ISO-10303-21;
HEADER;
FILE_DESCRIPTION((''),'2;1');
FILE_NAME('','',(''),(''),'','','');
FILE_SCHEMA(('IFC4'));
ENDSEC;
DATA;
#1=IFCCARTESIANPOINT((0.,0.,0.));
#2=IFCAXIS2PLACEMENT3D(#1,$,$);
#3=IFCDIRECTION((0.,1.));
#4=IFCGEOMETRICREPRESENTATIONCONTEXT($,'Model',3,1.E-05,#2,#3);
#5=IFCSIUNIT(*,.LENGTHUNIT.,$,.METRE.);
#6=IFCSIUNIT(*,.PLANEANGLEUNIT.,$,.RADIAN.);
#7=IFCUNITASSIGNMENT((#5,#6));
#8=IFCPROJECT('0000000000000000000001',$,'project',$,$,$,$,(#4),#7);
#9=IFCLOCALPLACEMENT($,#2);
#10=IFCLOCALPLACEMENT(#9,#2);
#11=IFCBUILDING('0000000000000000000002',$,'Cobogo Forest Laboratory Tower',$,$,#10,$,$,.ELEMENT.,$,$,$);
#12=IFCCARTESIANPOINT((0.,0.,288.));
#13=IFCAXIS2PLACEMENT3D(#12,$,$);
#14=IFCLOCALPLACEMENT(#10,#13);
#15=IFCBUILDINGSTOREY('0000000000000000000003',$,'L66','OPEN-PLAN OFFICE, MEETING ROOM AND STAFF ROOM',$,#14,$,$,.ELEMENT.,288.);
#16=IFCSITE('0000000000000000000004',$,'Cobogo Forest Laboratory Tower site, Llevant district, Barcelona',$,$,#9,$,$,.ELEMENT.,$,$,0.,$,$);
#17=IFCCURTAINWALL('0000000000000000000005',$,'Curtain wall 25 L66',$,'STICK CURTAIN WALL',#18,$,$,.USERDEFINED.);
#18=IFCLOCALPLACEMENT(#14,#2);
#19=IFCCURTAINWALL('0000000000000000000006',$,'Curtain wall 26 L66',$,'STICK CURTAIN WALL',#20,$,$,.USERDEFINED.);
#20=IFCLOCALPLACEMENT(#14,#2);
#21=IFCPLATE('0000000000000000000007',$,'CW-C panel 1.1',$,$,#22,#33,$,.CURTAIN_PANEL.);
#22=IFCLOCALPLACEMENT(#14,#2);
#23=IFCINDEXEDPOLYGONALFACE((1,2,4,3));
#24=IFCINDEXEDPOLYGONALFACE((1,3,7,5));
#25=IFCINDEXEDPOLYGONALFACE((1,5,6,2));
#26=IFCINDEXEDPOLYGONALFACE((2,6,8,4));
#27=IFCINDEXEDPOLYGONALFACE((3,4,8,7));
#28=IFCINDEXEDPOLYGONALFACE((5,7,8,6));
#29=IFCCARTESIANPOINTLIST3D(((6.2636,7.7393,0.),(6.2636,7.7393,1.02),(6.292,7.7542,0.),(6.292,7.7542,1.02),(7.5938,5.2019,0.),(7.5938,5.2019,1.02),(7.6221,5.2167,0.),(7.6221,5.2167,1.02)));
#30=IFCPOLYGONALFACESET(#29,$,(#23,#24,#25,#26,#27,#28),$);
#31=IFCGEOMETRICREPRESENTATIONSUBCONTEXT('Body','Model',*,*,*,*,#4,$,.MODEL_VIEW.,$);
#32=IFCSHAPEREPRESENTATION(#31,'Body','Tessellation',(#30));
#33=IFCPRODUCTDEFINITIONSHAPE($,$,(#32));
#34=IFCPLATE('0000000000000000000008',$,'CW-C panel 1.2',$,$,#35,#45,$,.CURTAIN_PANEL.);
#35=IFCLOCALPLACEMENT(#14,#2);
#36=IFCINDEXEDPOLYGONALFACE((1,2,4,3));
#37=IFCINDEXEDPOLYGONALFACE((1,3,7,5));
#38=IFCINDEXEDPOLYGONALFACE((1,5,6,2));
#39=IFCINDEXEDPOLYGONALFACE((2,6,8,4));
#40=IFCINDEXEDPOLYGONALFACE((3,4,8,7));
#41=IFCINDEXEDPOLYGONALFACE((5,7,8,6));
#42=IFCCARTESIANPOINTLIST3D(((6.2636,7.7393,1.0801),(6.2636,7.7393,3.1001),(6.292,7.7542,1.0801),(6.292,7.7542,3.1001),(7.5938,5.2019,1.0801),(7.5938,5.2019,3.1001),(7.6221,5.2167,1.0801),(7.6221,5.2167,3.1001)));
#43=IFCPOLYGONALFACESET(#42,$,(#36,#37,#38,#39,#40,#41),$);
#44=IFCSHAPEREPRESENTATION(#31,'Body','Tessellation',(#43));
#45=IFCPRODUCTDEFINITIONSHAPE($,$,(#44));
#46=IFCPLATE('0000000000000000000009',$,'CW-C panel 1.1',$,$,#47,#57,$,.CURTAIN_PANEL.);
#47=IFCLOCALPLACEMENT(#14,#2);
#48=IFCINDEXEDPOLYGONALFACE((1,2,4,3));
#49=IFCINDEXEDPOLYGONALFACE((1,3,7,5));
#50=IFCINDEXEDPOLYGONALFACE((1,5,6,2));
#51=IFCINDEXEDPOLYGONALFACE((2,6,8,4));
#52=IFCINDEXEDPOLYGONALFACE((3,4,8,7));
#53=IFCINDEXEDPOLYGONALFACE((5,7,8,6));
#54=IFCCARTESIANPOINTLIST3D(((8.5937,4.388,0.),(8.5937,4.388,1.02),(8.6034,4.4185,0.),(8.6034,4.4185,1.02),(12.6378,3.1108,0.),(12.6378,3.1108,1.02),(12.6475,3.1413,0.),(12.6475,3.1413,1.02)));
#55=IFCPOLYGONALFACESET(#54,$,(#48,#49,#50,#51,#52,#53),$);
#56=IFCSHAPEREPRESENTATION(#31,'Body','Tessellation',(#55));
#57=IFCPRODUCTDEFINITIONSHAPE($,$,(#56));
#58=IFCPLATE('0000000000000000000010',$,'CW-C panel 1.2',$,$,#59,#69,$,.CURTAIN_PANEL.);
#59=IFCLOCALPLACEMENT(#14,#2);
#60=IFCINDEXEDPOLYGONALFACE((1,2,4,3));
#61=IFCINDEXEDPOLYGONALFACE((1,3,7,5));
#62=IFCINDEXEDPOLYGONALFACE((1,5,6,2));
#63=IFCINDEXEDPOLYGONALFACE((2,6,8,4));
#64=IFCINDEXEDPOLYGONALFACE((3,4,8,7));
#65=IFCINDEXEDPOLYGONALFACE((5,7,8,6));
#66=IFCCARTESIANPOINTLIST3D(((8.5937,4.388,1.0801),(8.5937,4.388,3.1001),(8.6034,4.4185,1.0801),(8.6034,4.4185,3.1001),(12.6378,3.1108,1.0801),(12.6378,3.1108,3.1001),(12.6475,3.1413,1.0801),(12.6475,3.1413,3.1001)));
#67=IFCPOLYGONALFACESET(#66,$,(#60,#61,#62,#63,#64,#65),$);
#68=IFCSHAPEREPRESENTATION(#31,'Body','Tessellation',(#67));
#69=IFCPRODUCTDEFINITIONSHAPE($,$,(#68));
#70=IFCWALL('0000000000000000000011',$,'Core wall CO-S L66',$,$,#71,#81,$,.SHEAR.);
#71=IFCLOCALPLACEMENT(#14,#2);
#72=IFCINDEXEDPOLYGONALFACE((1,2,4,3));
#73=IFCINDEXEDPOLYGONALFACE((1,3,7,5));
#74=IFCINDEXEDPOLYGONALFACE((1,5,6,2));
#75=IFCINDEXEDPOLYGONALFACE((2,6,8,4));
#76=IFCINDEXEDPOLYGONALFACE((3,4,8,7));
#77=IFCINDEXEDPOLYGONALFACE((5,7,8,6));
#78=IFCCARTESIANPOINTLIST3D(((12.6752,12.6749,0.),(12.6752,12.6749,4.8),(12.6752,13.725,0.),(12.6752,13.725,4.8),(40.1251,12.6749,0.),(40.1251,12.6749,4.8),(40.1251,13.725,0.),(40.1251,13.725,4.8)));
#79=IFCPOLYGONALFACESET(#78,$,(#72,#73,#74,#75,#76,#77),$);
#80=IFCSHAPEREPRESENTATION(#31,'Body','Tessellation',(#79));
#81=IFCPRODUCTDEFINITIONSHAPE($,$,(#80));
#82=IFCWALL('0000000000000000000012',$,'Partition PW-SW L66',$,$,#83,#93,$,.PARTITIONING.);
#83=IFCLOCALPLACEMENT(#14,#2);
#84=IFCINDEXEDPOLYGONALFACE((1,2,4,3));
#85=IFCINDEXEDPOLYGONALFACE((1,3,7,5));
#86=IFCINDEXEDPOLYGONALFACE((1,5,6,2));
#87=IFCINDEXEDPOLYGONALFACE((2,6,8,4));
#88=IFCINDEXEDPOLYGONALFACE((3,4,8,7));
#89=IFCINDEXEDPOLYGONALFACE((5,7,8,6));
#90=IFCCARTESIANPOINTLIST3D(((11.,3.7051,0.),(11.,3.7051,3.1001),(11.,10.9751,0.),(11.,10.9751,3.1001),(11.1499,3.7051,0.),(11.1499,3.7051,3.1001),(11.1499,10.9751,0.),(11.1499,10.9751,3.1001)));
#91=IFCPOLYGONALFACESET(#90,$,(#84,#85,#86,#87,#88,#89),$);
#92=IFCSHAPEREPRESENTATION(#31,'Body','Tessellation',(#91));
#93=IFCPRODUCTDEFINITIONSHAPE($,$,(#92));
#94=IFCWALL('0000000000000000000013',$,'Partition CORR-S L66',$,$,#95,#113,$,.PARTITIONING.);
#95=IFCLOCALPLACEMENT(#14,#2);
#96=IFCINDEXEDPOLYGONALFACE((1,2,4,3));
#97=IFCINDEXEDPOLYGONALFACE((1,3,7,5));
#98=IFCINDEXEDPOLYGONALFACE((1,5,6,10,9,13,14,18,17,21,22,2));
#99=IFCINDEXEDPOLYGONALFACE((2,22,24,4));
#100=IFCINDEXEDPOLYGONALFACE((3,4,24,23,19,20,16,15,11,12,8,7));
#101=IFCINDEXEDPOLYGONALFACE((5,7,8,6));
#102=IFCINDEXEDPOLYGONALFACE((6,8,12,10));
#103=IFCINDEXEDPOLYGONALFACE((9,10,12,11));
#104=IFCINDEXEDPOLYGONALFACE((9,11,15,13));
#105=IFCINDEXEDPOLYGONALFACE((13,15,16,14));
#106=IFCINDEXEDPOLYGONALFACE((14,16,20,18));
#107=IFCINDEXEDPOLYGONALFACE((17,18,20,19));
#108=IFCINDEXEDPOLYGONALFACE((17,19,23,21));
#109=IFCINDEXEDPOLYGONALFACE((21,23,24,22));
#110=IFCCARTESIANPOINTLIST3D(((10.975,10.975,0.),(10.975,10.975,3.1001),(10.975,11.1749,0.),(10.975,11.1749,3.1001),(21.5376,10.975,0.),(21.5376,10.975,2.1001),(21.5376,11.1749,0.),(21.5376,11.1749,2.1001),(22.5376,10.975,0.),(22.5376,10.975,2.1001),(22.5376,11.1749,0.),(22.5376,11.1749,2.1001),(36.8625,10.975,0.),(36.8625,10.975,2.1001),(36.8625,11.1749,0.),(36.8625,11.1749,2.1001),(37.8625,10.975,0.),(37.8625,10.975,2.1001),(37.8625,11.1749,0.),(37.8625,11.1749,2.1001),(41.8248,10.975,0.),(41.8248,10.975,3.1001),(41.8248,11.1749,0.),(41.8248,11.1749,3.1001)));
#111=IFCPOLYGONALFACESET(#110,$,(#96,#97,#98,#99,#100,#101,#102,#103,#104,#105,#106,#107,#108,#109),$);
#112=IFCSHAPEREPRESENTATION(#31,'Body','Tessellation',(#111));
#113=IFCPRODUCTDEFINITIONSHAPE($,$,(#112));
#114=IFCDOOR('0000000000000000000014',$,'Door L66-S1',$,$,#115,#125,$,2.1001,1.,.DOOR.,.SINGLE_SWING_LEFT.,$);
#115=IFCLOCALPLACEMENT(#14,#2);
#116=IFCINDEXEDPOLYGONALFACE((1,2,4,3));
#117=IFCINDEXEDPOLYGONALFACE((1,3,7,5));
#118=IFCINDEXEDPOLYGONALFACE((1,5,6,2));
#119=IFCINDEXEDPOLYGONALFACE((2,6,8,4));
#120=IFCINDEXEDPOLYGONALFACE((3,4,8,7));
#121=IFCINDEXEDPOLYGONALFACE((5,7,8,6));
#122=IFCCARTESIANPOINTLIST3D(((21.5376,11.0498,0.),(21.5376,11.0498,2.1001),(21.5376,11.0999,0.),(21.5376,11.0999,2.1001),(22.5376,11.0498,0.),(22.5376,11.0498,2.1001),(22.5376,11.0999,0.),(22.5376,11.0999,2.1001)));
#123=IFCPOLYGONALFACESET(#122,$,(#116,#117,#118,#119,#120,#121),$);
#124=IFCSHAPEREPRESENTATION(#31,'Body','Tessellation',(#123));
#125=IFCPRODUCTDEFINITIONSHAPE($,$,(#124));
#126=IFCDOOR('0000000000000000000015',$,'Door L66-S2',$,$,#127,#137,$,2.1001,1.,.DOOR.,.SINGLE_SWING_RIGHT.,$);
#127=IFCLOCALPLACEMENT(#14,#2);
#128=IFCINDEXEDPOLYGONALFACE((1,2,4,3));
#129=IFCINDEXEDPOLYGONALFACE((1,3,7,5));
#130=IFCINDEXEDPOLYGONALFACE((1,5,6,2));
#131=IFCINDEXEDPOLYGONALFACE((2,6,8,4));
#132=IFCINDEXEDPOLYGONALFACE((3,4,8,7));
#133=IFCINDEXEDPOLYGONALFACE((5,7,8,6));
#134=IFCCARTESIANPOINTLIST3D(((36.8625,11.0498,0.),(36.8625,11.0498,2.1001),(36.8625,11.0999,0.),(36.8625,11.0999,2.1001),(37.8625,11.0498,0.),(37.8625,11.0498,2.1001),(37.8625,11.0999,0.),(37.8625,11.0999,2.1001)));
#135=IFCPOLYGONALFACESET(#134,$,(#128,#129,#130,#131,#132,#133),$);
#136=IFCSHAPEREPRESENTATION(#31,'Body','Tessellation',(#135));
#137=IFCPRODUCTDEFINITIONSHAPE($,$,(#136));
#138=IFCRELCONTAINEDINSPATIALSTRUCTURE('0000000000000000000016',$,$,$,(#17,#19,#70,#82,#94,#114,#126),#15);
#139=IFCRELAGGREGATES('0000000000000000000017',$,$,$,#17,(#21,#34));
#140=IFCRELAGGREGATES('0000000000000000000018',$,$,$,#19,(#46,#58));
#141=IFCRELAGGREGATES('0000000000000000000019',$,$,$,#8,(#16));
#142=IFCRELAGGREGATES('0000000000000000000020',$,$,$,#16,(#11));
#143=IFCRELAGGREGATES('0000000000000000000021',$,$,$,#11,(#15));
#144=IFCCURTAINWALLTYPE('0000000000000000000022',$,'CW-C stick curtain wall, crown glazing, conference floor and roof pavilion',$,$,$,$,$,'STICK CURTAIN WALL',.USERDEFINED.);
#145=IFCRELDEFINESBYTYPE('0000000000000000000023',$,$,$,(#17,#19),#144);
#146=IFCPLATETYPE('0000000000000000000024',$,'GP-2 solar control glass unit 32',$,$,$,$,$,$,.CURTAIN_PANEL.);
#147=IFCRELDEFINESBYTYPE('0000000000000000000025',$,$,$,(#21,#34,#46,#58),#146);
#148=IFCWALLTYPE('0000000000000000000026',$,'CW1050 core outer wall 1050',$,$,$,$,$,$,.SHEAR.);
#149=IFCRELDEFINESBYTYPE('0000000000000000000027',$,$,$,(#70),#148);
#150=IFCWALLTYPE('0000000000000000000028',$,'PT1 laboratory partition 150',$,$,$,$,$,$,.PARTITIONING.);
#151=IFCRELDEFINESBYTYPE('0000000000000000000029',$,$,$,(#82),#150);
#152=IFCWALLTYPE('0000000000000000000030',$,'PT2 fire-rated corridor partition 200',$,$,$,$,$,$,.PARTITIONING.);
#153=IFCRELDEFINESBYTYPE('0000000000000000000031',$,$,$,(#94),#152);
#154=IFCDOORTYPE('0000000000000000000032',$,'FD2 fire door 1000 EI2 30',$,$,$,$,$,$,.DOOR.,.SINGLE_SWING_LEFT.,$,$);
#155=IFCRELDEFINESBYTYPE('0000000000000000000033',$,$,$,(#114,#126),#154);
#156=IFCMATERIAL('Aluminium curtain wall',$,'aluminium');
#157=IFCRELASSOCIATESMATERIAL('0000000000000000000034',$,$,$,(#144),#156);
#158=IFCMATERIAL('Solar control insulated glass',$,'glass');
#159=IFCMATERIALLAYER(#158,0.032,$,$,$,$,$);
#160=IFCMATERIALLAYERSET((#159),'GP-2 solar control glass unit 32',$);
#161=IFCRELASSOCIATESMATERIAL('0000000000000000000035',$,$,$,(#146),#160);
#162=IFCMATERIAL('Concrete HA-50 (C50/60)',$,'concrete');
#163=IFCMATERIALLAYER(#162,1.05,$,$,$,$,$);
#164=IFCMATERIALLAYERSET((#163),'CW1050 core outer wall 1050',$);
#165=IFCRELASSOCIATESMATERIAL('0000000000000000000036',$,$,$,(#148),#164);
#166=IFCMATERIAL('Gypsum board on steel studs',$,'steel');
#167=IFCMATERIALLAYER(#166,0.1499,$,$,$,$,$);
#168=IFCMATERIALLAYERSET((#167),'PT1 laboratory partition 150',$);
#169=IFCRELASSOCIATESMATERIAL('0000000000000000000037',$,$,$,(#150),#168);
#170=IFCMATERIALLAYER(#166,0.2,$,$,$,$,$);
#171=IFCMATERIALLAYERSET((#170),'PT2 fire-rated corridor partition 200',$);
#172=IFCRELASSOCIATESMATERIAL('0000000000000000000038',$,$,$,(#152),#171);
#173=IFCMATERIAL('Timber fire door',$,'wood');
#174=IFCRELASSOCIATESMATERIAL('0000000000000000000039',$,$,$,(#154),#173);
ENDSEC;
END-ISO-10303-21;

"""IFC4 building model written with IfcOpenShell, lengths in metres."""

from ifc_helpers import new_model, si_unit, direction, frame, frame_2d, origin, origin_2d, place, context, subcontext, project, spatial, rectangle, extrude, material, layer, layer_set, type_object, element, fill, aggregate, save


model = new_model("IFC4")

# Units and contexts
model_context = context("Model", 3, precision=1e-05, world=origin(), true_north=direction((0.0, 1.0)))
body_context = subcontext(model_context, "Body", "Model", "MODEL_VIEW")
ifc_project = project(units=[si_unit("LENGTHUNIT", "METRE"), si_unit("PLANEANGLEUNIT", "RADIAN")], contexts=[model_context])

# Site, building, storey
site_placement = place(None, origin())
site = spatial("IfcSite", under=ifc_project, at=site_placement, Name="Cobogo Forest Laboratory Tower site, Llevant district, Barcelona", CompositionType="ELEMENT", RefElevation=0.0)
building_placement = place(site_placement, origin())
building = spatial("IfcBuilding", under=site, at=building_placement, Name="Cobogo Forest Laboratory Tower", CompositionType="ELEMENT")
storey_placement = place(building_placement, frame((0.0, 0.0, 288.0)))
storey = spatial("IfcBuildingStorey", under=building, at=storey_placement, Name="L66", Description="OPEN-PLAN OFFICE, MEETING ROOM AND STAFF ROOM", CompositionType="ELEMENT", Elevation=288.0)

# Shared definitions
ifc_material_1 = material(Name="Concrete HA-50 (C50/60)", Category="concrete")

# Curtain wall
ifc_material_2 = material(Name="Aluminium curtain wall", Category="aluminium")
curtain_wall_type = type_object("IfcCurtainWallType", Name="CW-C stick curtain wall, crown glazing, conference floor and roof pavilion", ElementType="STICK CURTAIN WALL", PredefinedType="USERDEFINED", material=ifc_material_2)
curtain_wall_1_placement = place(storey_placement, origin())
curtain_wall_1 = element("IfcCurtainWall", 1, at=curtain_wall_1_placement, inside=storey, type_object=curtain_wall_type, Name="Curtain wall 25 L66", ObjectType="STICK CURTAIN WALL", PredefinedType="USERDEFINED")

# Curtain wall
curtain_wall_2_placement = place(storey_placement, origin())
curtain_wall_2 = element("IfcCurtainWall", 2, at=curtain_wall_2_placement, inside=storey, type_object=curtain_wall_type, Name="Curtain wall 26 L66", ObjectType="STICK CURTAIN WALL", PredefinedType="USERDEFINED")

# Plates
ifc_material_3 = material(Name="Solar control insulated glass", Category="glass")
ifc_layer_1 = layer(ifc_material_3, 0.032)
ifc_layer_set_1 = layer_set([ifc_layer_1], Name="GP-2 solar control glass unit 32")
plate_type = type_object("IfcPlateType", Name="GP-2 solar control glass unit 32", PredefinedType="CURTAIN_PANEL", material=ifc_layer_set_1)
plate_1_placement = place(storey_placement, frame((6.9429, 6.478, 0.0), z_axis=(0.0, 0.0, 1.0), x_axis=(0.464284, -0.885686, 0.0)))
plate_1 = element("IfcPlate", 3, at=plate_1_placement, type_object=plate_type, Name="CW-C panel 1.1", PredefinedType="CURTAIN_PANEL", context=body_context, shape_type="SweptSolid", body=[
    extrude(rectangle(XDim=2.865, YDim=0.032, at=origin_2d()), origin(), (0.0, 0.0, 1.0), 1.02),
])
plate_2_placement = place(storey_placement, frame((6.9429, 6.478, 1.0801), z_axis=(0.0, 0.0, 1.0), x_axis=(0.464284, -0.885686, 0.0)))
plate_2 = element("IfcPlate", 4, at=plate_2_placement, type_object=plate_type, Name="CW-C panel 1.2", PredefinedType="CURTAIN_PANEL", context=body_context, shape_type="SweptSolid", body=[
    extrude(rectangle(XDim=2.865, YDim=0.032, at=origin_2d()), origin(), (0.0, 0.0, 1.0), 2.02),
])
aggregate(curtain_wall_1, [plate_1, plate_2])
plate_3_placement = place(storey_placement, frame((10.6206, 3.7646, 0.0), z_axis=(0.0, 0.0, 1.0), x_axis=(0.953581, -0.301135, 0.0)))
plate_3 = element("IfcPlate", 5, at=plate_3_placement, type_object=plate_type, Name="CW-C panel 1.1", PredefinedType="CURTAIN_PANEL", context=body_context, shape_type="SweptSolid", body=[
    extrude(rectangle(XDim=4.241, YDim=0.032, at=origin_2d()), origin(), (0.0, 0.0, 1.0), 1.02),
])
plate_4_placement = place(storey_placement, frame((10.6206, 3.7646, 1.0801), z_axis=(0.0, 0.0, 1.0), x_axis=(0.953581, -0.301135, 0.0)))
plate_4 = element("IfcPlate", 6, at=plate_4_placement, type_object=plate_type, Name="CW-C panel 1.2", PredefinedType="CURTAIN_PANEL", context=body_context, shape_type="SweptSolid", body=[
    extrude(rectangle(XDim=4.241, YDim=0.032, at=origin_2d()), origin(), (0.0, 0.0, 1.0), 2.02),
])
aggregate(curtain_wall_2, [plate_3, plate_4])

# Walls
ifc_layer_2 = layer(ifc_material_1, 1.05)
ifc_layer_set_2 = layer_set([ifc_layer_2], Name="CW1050 core outer wall 1050")
wall_type_1 = type_object("IfcWallType", Name="CW1050 core outer wall 1050", PredefinedType="SHEAR", material=ifc_layer_set_2)
wall_1_placement = place(storey_placement, frame((12.675, 13.2, 0.0), z_axis=(0.0, 0.0, 1.0), x_axis=(1.0, 0.0, 0.0)))
element("IfcWall", 7, at=wall_1_placement, inside=storey, type_object=wall_type_1, Name="Core wall CO-S L66", PredefinedType="SHEAR", context=body_context, shape_type="SweptSolid", body=[
    extrude(rectangle(XDim=27.45, YDim=1.05, at=frame_2d((13.7251, 0.0))), origin(), (0.0, 0.0, 1.0), 4.8),
])
ifc_material_4 = material(Name="Gypsum board on steel studs", Category="steel")
ifc_layer_3 = layer(ifc_material_4, 0.1499)
ifc_layer_set_3 = layer_set([ifc_layer_3], Name="PT1 laboratory partition 150")
wall_type_2 = type_object("IfcWallType", Name="PT1 laboratory partition 150", PredefinedType="PARTITIONING", material=ifc_layer_set_3)
wall_2_placement = place(storey_placement, frame((11.075, 3.7051, 0.0), z_axis=(0.0, 0.0, 1.0), x_axis=(0.0, 1.0, 0.0)))
element("IfcWall", 8, at=wall_2_placement, inside=storey, type_object=wall_type_2, Name="Partition PW-SW L66", PredefinedType="PARTITIONING", context=body_context, shape_type="SweptSolid", body=[
    extrude(rectangle(XDim=7.27, YDim=0.1499, at=frame_2d((3.635, 0.0))), origin(), (0.0, 0.0, 1.0), 3.1001),
])

# Wall, openings, doors
ifc_layer_4 = layer(ifc_material_4, 0.2)
ifc_layer_set_4 = layer_set([ifc_layer_4], Name="PT2 fire-rated corridor partition 200")
wall_type_3 = type_object("IfcWallType", Name="PT2 fire-rated corridor partition 200", PredefinedType="PARTITIONING", material=ifc_layer_set_4)
wall_3_placement = place(storey_placement, frame((10.9751, 11.075, 0.0), z_axis=(0.0, 0.0, 1.0), x_axis=(1.0, 0.0, 0.0)))
wall_3 = element("IfcWall", 9, at=wall_3_placement, inside=storey, type_object=wall_type_3, Name="Partition CORR-S L66", PredefinedType="PARTITIONING", context=body_context, shape_type="SweptSolid", body=[
    extrude(rectangle(XDim=30.8499, YDim=0.2, at=frame_2d((15.4248, 0.0))), origin(), (0.0, 0.0, 1.0), 3.1001),
])
opening_1_placement = place(wall_3_placement, frame((10.5625, 0.0, 0.0)))
opening_1 = element("IfcOpeningElement", 10, at=opening_1_placement, cuts=wall_3, PredefinedType="OPENING", context=body_context, shape_type="SweptSolid", body=[
    extrude(rectangle(XDim=1.0, YDim=2.1001, at=frame_2d((0.5, 1.05))), frame((0.0, 0.1099, 0.0), z_axis=(0.0, -1.0, 0.0), x_axis=(1.0, 0.0, 0.0)), (0.0, 0.0, 1.0), 0.22),
])
opening_2_placement = place(wall_3_placement, frame((25.8875, 0.0, 0.0)))
opening_2 = element("IfcOpeningElement", 11, at=opening_2_placement, cuts=wall_3, PredefinedType="OPENING", context=body_context, shape_type="SweptSolid", body=[
    extrude(rectangle(XDim=1.0, YDim=2.1001, at=frame_2d((0.5, 1.05))), frame((0.0, 0.1099, 0.0), z_axis=(0.0, -1.0, 0.0), x_axis=(1.0, 0.0, 0.0)), (0.0, 0.0, 1.0), 0.22),
])
ifc_material_5 = material(Name="Timber fire door", Category="wood")
door_type_1 = type_object("IfcDoorType", Name="FD2 fire door 1000 EI2 30", OperationType="SINGLE_SWING_LEFT", PredefinedType="DOOR", material=ifc_material_5)
door_1_placement = place(opening_1_placement, origin())
door_1 = element("IfcDoor", 12, at=door_1_placement, inside=storey, type_object=door_type_1, Name="Door L66-S1", OperationType="SINGLE_SWING_LEFT", OverallHeight=2.1001, OverallWidth=1.0, PredefinedType="DOOR", context=body_context, shape_type="SweptSolid", body=[
    extrude(rectangle(XDim=1.0, YDim=2.1001, at=frame_2d((0.5, 1.05))), frame((0.0, 0.0249, 0.0), z_axis=(0.0, -1.0, 0.0), x_axis=(1.0, 0.0, 0.0)), (0.0, 0.0, 1.0), 0.05),
])
fill(opening_1, door_1)
door_2_placement = place(opening_2_placement, origin())
door_2 = element("IfcDoor", 13, at=door_2_placement, inside=storey, type_object=door_type_1, Name="Door L66-S2", OperationType="SINGLE_SWING_RIGHT", OverallHeight=2.1001, OverallWidth=1.0, PredefinedType="DOOR", context=body_context, shape_type="SweptSolid", body=[
    extrude(rectangle(XDim=1.0, YDim=2.1001, at=frame_2d((0.5, 1.05))), frame((0.0, 0.0249, 0.0), z_axis=(0.0, -1.0, 0.0), x_axis=(1.0, 0.0, 0.0)), (0.0, 0.0, 1.0), 0.05),
])
fill(opening_2, door_2)

save(model, "model.ifc")
